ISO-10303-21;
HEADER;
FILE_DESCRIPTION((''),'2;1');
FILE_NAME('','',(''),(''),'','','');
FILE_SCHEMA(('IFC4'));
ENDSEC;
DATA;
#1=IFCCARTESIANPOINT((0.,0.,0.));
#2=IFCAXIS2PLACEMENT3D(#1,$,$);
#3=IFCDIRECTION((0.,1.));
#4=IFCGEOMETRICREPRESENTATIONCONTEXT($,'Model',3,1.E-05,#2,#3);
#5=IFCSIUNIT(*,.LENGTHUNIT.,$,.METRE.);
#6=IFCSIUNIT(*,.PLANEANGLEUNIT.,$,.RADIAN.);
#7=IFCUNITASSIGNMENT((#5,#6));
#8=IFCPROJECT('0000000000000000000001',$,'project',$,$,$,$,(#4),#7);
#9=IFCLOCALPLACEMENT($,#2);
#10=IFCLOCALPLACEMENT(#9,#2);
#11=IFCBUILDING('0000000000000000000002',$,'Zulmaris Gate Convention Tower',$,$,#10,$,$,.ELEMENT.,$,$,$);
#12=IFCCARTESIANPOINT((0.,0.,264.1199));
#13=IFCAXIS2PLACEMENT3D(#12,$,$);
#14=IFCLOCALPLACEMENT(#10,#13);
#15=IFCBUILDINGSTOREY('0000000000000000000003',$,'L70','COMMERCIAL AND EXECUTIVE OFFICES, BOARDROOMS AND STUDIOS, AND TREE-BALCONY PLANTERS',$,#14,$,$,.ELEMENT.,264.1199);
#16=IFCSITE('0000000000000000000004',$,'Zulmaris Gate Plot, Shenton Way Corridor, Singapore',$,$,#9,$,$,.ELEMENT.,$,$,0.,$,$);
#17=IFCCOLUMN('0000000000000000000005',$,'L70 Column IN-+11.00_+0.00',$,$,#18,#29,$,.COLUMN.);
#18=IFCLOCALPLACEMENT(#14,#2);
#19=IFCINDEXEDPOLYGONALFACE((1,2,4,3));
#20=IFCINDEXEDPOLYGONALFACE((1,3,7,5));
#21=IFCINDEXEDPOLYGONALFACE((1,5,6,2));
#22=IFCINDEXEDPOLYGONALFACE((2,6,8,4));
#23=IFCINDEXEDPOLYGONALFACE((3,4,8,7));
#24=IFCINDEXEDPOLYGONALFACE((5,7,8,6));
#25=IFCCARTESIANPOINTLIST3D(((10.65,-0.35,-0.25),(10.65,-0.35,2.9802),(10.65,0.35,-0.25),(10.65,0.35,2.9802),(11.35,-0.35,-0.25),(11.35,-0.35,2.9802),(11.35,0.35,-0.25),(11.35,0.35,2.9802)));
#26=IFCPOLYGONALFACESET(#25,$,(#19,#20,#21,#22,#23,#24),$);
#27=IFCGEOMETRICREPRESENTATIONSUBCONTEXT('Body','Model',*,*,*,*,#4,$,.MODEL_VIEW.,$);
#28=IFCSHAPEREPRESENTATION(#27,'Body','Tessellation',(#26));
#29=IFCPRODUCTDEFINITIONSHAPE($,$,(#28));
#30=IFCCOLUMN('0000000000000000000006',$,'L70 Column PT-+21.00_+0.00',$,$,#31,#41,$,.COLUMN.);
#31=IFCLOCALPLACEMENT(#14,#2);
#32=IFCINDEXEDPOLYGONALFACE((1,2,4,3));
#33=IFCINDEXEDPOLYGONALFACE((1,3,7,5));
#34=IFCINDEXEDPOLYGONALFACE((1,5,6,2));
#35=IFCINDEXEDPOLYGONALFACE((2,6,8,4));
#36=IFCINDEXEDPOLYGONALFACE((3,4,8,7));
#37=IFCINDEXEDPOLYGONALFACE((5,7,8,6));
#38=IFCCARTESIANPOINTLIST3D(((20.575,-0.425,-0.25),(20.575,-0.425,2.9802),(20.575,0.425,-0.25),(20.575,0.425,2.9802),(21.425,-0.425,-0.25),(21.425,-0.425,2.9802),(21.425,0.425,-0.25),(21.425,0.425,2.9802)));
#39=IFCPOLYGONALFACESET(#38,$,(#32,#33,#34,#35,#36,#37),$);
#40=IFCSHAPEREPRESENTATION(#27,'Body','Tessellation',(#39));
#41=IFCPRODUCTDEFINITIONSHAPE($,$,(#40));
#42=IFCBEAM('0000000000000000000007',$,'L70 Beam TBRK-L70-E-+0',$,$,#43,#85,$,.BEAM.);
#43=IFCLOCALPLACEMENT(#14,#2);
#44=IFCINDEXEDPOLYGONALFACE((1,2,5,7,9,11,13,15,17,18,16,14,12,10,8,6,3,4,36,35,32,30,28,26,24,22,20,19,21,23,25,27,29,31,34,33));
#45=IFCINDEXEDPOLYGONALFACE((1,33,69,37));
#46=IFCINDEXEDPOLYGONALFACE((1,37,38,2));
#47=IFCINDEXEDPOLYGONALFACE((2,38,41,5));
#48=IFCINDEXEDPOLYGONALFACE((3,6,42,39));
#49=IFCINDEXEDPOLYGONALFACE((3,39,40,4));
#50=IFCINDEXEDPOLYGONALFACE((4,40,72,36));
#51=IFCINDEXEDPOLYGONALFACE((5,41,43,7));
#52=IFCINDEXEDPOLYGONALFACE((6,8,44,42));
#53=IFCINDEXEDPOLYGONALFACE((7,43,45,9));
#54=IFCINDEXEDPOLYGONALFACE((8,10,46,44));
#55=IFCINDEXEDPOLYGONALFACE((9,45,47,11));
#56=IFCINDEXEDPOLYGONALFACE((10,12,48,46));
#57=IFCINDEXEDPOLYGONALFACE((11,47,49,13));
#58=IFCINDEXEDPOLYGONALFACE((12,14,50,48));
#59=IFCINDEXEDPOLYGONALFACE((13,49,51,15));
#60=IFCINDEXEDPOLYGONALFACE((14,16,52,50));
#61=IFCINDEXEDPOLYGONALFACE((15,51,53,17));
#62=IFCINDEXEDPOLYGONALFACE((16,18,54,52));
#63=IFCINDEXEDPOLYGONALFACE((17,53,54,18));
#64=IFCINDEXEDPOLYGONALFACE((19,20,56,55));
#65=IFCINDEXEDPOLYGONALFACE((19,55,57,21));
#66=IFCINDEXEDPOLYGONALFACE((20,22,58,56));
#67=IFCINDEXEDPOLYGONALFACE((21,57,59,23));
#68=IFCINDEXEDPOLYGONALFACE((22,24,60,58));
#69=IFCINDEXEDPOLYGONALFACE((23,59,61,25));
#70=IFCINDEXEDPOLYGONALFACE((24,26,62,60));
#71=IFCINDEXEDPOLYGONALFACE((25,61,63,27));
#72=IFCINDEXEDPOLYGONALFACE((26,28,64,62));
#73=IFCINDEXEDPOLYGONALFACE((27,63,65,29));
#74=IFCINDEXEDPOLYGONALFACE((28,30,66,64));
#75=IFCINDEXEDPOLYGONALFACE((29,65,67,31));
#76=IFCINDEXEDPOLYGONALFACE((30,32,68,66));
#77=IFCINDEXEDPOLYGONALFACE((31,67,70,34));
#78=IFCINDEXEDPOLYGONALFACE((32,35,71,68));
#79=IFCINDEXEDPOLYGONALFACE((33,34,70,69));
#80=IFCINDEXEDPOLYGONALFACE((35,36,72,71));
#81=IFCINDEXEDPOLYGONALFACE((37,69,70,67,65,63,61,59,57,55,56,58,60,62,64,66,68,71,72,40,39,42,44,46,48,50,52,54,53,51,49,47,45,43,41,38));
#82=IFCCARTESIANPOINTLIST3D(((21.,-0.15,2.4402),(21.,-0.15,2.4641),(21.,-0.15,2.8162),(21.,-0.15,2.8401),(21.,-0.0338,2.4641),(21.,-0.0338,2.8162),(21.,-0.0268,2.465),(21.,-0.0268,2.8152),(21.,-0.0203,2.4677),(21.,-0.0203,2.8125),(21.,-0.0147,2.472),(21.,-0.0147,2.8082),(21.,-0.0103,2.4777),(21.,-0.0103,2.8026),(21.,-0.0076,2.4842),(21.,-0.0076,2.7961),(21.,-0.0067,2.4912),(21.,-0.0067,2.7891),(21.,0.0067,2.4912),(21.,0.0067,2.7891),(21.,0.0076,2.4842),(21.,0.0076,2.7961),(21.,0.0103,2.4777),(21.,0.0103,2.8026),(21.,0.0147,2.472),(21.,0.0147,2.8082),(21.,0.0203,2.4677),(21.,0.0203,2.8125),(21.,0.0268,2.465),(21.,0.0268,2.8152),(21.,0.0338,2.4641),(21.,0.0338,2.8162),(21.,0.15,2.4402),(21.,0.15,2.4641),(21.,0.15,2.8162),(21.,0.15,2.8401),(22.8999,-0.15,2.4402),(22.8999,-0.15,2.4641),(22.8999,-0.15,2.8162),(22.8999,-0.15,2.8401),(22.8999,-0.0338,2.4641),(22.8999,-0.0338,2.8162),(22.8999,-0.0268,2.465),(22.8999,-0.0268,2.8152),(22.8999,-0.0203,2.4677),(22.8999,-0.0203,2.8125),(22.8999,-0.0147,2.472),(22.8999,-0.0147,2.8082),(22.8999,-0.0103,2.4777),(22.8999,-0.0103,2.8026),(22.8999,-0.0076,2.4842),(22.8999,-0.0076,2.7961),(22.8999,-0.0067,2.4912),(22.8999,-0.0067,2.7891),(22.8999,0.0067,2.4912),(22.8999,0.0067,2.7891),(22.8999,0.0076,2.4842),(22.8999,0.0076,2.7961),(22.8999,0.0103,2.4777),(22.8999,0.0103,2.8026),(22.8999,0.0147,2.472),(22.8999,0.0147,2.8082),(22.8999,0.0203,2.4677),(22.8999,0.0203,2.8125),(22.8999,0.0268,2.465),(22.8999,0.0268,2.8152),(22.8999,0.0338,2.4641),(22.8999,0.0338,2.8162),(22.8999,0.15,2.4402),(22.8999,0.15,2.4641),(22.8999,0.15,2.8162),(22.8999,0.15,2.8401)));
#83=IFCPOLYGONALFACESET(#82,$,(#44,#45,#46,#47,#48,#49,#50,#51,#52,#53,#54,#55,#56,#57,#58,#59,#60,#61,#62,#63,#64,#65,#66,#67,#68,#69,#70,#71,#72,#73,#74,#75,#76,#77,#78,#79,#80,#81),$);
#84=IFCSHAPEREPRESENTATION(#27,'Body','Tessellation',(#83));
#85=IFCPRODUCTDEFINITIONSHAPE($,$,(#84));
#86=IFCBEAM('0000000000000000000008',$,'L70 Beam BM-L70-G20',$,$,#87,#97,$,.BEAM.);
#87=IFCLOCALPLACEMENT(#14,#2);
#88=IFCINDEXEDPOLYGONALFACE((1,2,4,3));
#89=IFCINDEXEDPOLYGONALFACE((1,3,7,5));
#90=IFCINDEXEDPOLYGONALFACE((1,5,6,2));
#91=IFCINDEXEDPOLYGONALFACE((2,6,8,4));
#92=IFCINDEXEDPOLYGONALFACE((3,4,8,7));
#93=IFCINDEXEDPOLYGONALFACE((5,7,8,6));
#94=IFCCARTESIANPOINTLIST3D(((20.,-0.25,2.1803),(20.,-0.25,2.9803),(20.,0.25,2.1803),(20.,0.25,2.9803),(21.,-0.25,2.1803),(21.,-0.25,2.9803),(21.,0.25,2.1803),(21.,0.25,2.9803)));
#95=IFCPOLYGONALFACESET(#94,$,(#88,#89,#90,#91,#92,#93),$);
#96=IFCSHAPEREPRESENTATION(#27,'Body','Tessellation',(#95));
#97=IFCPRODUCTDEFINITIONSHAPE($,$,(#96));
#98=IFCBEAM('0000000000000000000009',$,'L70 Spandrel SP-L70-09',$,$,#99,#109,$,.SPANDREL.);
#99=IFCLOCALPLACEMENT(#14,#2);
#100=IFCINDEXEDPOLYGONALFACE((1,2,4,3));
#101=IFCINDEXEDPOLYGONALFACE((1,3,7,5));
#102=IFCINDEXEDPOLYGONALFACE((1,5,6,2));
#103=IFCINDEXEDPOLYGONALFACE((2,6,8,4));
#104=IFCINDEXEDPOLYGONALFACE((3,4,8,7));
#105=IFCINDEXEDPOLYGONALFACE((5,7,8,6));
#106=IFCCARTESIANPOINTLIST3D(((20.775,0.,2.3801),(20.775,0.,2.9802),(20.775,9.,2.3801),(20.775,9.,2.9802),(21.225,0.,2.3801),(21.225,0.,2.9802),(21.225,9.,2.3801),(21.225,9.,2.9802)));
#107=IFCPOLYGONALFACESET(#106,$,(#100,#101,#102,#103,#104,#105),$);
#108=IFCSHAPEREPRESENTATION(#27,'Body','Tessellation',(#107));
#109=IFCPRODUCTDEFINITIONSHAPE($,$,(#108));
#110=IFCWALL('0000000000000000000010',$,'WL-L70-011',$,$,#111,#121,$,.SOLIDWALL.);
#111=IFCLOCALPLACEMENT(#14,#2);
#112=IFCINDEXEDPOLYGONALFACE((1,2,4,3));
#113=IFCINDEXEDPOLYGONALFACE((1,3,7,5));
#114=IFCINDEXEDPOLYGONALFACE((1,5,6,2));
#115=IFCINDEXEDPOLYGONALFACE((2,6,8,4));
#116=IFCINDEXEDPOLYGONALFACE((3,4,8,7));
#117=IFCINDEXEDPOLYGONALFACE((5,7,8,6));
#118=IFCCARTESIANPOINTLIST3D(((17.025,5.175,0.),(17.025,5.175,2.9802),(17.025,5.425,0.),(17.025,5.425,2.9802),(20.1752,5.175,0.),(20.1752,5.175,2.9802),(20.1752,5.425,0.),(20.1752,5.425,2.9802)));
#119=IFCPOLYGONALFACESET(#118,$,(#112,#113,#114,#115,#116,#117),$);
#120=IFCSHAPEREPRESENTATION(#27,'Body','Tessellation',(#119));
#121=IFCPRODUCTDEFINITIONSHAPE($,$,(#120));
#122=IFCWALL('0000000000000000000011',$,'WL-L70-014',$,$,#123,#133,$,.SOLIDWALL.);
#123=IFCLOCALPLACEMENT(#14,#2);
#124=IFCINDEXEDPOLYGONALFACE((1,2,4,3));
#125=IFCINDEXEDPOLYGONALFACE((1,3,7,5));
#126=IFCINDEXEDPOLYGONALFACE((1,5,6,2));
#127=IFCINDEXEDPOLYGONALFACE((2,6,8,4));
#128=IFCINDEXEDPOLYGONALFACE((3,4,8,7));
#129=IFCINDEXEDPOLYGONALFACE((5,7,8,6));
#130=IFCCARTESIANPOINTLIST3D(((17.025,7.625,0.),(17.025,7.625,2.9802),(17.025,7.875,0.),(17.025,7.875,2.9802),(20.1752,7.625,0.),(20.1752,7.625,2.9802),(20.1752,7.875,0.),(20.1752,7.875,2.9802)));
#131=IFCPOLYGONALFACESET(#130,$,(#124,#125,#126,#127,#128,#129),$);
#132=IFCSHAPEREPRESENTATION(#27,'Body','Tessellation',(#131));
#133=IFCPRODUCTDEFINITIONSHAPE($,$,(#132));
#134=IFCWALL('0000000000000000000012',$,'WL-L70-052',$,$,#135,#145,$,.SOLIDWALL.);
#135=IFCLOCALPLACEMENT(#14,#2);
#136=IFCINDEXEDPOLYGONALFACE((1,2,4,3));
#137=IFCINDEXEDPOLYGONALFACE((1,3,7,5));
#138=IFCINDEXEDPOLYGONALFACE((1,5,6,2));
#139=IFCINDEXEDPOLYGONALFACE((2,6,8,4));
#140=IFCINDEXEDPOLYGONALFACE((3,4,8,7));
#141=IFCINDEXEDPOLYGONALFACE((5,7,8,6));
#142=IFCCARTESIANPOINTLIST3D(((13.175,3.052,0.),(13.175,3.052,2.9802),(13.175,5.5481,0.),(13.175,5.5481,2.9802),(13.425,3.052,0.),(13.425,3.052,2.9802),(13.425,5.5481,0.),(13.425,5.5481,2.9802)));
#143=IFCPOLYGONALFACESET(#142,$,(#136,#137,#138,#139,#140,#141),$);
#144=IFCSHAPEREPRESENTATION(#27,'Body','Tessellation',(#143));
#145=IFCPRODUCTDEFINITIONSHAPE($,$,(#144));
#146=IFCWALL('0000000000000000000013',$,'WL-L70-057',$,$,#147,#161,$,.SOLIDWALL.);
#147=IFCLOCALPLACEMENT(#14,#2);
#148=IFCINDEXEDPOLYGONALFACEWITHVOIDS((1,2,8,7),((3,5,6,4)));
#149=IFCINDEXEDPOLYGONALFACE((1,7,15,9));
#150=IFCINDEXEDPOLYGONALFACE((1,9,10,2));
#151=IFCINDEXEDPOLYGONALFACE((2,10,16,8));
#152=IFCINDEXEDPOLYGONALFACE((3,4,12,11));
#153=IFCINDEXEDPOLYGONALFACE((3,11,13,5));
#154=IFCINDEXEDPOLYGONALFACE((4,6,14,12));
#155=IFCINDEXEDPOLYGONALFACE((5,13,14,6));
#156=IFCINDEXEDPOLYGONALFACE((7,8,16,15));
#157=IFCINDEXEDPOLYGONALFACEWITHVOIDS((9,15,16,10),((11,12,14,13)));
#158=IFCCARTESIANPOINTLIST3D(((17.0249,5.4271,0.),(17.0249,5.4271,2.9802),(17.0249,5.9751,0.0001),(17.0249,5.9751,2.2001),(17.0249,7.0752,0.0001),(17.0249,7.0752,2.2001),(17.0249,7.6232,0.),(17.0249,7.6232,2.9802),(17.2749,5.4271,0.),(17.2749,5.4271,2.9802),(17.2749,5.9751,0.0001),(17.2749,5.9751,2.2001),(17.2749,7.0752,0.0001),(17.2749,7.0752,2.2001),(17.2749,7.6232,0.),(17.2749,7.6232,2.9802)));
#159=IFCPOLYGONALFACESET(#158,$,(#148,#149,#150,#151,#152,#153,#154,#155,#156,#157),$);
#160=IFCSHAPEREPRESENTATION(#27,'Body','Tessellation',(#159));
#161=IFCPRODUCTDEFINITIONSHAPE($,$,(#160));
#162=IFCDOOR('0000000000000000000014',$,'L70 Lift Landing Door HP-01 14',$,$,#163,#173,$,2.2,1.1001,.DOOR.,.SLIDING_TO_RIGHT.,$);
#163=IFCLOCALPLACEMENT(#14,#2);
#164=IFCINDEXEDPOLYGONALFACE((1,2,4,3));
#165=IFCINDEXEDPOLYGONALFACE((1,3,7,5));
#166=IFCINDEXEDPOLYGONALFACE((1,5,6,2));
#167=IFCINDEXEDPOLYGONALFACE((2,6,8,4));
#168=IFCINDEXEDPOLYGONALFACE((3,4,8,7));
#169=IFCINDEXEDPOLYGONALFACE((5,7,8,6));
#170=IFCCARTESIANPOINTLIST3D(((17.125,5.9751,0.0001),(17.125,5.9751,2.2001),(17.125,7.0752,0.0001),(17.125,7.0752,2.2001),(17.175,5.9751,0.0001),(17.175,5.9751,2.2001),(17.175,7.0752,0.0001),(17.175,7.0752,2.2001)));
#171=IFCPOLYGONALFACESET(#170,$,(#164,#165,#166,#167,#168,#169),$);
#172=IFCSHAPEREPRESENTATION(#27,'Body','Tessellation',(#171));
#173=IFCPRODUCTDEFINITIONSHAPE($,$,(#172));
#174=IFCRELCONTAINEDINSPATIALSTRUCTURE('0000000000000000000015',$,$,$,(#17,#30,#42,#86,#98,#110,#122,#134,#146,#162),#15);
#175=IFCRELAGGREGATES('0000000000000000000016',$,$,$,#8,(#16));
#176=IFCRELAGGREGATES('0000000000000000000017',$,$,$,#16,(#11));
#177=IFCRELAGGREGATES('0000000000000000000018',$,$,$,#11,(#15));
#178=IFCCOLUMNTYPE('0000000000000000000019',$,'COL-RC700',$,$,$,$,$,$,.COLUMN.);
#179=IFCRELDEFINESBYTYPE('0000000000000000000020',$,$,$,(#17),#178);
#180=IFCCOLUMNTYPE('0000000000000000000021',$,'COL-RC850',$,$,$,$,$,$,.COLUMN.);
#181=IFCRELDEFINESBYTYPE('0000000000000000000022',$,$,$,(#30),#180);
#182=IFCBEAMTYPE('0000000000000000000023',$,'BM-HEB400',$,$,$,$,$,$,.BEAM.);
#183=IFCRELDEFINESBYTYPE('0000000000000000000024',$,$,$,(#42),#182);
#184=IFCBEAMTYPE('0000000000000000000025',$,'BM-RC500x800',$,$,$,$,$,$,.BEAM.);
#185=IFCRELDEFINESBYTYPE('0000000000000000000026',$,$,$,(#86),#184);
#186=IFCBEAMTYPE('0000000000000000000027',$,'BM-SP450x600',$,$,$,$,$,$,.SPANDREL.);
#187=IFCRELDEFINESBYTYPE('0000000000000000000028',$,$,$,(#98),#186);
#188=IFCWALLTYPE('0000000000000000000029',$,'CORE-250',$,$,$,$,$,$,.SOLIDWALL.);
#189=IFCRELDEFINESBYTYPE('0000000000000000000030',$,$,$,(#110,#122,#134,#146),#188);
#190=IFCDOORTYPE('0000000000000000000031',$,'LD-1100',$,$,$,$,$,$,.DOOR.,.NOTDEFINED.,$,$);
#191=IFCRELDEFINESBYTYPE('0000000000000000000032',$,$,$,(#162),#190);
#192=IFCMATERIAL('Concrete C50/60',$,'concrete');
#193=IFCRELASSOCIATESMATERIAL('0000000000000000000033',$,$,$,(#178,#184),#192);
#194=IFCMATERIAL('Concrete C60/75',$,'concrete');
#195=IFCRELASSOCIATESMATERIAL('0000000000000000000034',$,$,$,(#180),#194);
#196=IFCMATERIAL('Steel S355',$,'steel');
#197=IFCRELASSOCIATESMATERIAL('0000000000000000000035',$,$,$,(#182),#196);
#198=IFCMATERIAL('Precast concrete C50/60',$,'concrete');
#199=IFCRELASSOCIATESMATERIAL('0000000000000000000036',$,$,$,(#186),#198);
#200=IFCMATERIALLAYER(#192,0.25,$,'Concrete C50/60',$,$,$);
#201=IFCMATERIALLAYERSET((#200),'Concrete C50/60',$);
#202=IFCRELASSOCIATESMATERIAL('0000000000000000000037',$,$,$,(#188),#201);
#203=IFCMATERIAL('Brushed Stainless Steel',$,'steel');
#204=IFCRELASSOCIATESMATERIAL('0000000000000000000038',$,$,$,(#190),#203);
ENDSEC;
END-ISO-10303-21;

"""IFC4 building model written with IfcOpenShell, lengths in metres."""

from ifc_helpers import new_model, si_unit, direction, frame, frame_2d, origin, origin_2d, place, context, subcontext, project, spatial, rectangle, i_section, extrude, material, layer, layer_set, material_profile, profile_set, type_object, element, fill, save


model = new_model("IFC4")

# Units and contexts
model_context = context("Model", 3, precision=1e-05, world=origin(), true_north=direction((0.0, 1.0)))
body_context = subcontext(model_context, "Body", "Model", "MODEL_VIEW")
ifc_project = project(units=[si_unit("LENGTHUNIT", "METRE"), si_unit("PLANEANGLEUNIT", "RADIAN")], contexts=[model_context])

# Site, building, storey
site_placement = place(None, origin())
site = spatial("IfcSite", under=ifc_project, at=site_placement, Name="Zulmaris Gate Plot, Shenton Way Corridor, Singapore", CompositionType="ELEMENT", RefElevation=0.0)
building_placement = place(site_placement, origin())
building = spatial("IfcBuilding", under=site, at=building_placement, Name="Zulmaris Gate Convention Tower", CompositionType="ELEMENT")
storey_placement = place(building_placement, frame((0.0, 0.0, 264.1199)))
storey = spatial("IfcBuildingStorey", under=building, at=storey_placement, Name="L70", Description="COMMERCIAL AND EXECUTIVE OFFICES, BOARDROOMS AND STUDIOS, AND TREE-BALCONY PLANTERS", CompositionType="ELEMENT", Elevation=264.1199)

# Columns
ifc_material_1 = material(Name="Concrete C50/60", Category="concrete")
ifc_material_profile_1 = material_profile(ifc_material_1, rectangle(XDim=0.7, YDim=0.7, at=origin_2d()), Name="RC COL 700x700")
ifc_profile_set_1 = profile_set([ifc_material_profile_1], Name="Concrete C50/60")
column_type_1 = type_object("IfcColumnType", Name="COL-RC700", PredefinedType="COLUMN", material=ifc_profile_set_1)
column_1_placement = place(storey_placement, frame((11.0, 0.0, -0.25), z_axis=(0.0, 0.0, 1.0), x_axis=(1.0, 0.0, 0.0)))
element("IfcColumn", 1, at=column_1_placement, inside=storey, type_object=column_type_1, Name="L70 Column IN-+11.00_+0.00", PredefinedType="COLUMN", context=body_context, shape_type="SweptSolid", body=[
    extrude(rectangle(XDim=0.7, YDim=0.7, at=origin_2d()), origin(), (0.0, 0.0, 1.0), 3.2302),
])
ifc_material_2 = material(Name="Concrete C60/75", Category="concrete")
ifc_material_profile_2 = material_profile(ifc_material_2, rectangle(XDim=0.8501, YDim=0.8501, at=origin_2d()), Name="RC COL 850x850")
ifc_profile_set_2 = profile_set([ifc_material_profile_2], Name="Concrete C60/75")
column_type_2 = type_object("IfcColumnType", Name="COL-RC850", PredefinedType="COLUMN", material=ifc_profile_set_2)
column_2_placement = place(storey_placement, frame((21.0, 0.0, -0.25), z_axis=(0.0, 0.0, 1.0), x_axis=(1.0, 0.0, 0.0)))
element("IfcColumn", 2, at=column_2_placement, inside=storey, type_object=column_type_2, Name="L70 Column PT-+21.00_+0.00", PredefinedType="COLUMN", context=body_context, shape_type="SweptSolid", body=[
    extrude(rectangle(XDim=0.8501, YDim=0.8501, at=origin_2d()), origin(), (0.0, 0.0, 1.0), 3.2302),
])

# Beams
ifc_material_3 = material(Name="Steel S355", Category="steel")
ifc_material_profile_3 = material_profile(ifc_material_3, i_section(OverallWidth=0.3, OverallDepth=0.3999, WebThickness=0.0134, FlangeThickness=0.0239, FilletRadius=0.0271, at=origin_2d()), Name="HEB 400")
ifc_profile_set_3 = profile_set([ifc_material_profile_3], Name="Steel S355")
beam_type_1 = type_object("IfcBeamType", Name="BM-HEB400", PredefinedType="BEAM", material=ifc_profile_set_3)
beam_1_placement = place(storey_placement, frame((21.0, 0.0, 2.6401), z_axis=(1.0, 0.0, 0.0), x_axis=(0.0, 1.0, 0.0)))
element("IfcBeam", 3, at=beam_1_placement, inside=storey, type_object=beam_type_1, Name="L70 Beam TBRK-L70-E-+0", PredefinedType="BEAM", context=body_context, shape_type="SweptSolid", body=[
    extrude(i_section(OverallWidth=0.3, OverallDepth=0.3999, WebThickness=0.0134, FlangeThickness=0.0239, FilletRadius=0.0271, at=origin_2d()), origin(), (0.0, 0.0, 1.0), 1.8999),
])
ifc_material_profile_4 = material_profile(ifc_material_1, rectangle(XDim=0.5, YDim=0.8, at=origin_2d()), Name="RC BEAM 500x800")
ifc_profile_set_4 = profile_set([ifc_material_profile_4], Name="Concrete C50/60")
beam_type_2 = type_object("IfcBeamType", Name="BM-RC500x800", PredefinedType="BEAM", material=ifc_profile_set_4)
beam_2_placement = place(storey_placement, frame((20.0, 0.0, 2.5803), z_axis=(1.0, 0.0, 0.0), x_axis=(0.0, 1.0, 0.0)))
element("IfcBeam", 4, at=beam_2_placement, inside=storey, type_object=beam_type_2, Name="L70 Beam BM-L70-G20", PredefinedType="BEAM", context=body_context, shape_type="SweptSolid", body=[
    extrude(rectangle(XDim=0.5, YDim=0.8, at=origin_2d()), origin(), (0.0, 0.0, 1.0), 1.0),
])
ifc_material_4 = material(Name="Precast concrete C50/60", Category="concrete")
ifc_material_profile_5 = material_profile(ifc_material_4, rectangle(XDim=0.45, YDim=0.6001, at=origin_2d()), Name="RC SPANDREL 450x600")
ifc_profile_set_5 = profile_set([ifc_material_profile_5], Name="Precast concrete C50/60")
beam_type_3 = type_object("IfcBeamType", Name="BM-SP450x600", PredefinedType="SPANDREL", material=ifc_profile_set_5)
beam_3_placement = place(storey_placement, frame((21.0, 0.0, 2.6802), z_axis=(0.0, 1.0, 0.0), x_axis=(-1.0, 0.0, 0.0)))
element("IfcBeam", 5, at=beam_3_placement, inside=storey, type_object=beam_type_3, Name="L70 Spandrel SP-L70-09", PredefinedType="SPANDREL", context=body_context, shape_type="SweptSolid", body=[
    extrude(rectangle(XDim=0.45, YDim=0.6001, at=origin_2d()), origin(), (0.0, 0.0, 1.0), 9.0),
])

# Walls
ifc_layer_1 = layer(ifc_material_1, 0.25, Name="Concrete C50/60")
ifc_layer_set_1 = layer_set([ifc_layer_1], Name="Concrete C50/60")
wall_type_1 = type_object("IfcWallType", Name="CORE-250", PredefinedType="SOLIDWALL", material=ifc_layer_set_1)
for number, where, z_axis, x_axis, name in (
    (6, (17.0249, 5.3, 0.0), (0.0, 0.0, 1.0), (1.0, 0.0, 0.0), "WL-L70-011"),
    (7, (17.0249, 7.75, 0.0), (0.0, 0.0, 1.0), (1.0, 0.0, 0.0), "WL-L70-014"),
):
    element("IfcWall", number, at=place(storey_placement, frame(where, z_axis=z_axis, x_axis=x_axis)), inside=storey, type_object=wall_type_1, Name=name, PredefinedType="SOLIDWALL", context=body_context, shape_type="SweptSolid", body=[
        extrude(rectangle(XDim=3.1501, YDim=0.25, at=frame_2d((1.5752, 0.0))), origin(), (0.0, 0.0, 1.0), 2.9802),
    ])
wall_1_placement = place(storey_placement, frame((13.3, 3.052, 0.0), z_axis=(0.0, 0.0, 1.0), x_axis=(0.0, 1.0, 0.0)))
element("IfcWall", 8, at=wall_1_placement, inside=storey, type_object=wall_type_1, Name="WL-L70-052", PredefinedType="SOLIDWALL", context=body_context, shape_type="SweptSolid", body=[
    extrude(rectangle(XDim=2.4961, YDim=0.25, at=frame_2d((1.248, 0.0))), origin(), (0.0, 0.0, 1.0), 2.9802),
])

# Wall, opening, door
wall_2_placement = place(storey_placement, frame((17.1499, 5.427, 0.0), z_axis=(0.0, 0.0, 1.0), x_axis=(0.0, 1.0, 0.0)))
wall_2 = element("IfcWall", 9, at=wall_2_placement, inside=storey, type_object=wall_type_1, Name="WL-L70-057", PredefinedType="SOLIDWALL", context=body_context, shape_type="SweptSolid", body=[
    extrude(rectangle(XDim=2.196, YDim=0.25, at=frame_2d((1.0981, 0.0))), origin(), (0.0, 0.0, 1.0), 2.9802),
])
opening_1_placement = place(wall_2_placement, frame((0.5481, 0.0, 0.0)))
opening_1 = element("IfcOpeningElement", 10, at=opening_1_placement, cuts=wall_2, PredefinedType="OPENING", context=body_context, shape_type="SweptSolid", body=[
    extrude(rectangle(XDim=1.1001, YDim=2.2, at=frame_2d((0.55, 1.1001))), frame((0.0, 0.135, 0.0), z_axis=(0.0, -1.0, 0.0), x_axis=(1.0, 0.0, 0.0)), (0.0, 0.0, 1.0), 0.27),
])
ifc_material_5 = material(Name="Brushed Stainless Steel", Category="steel")
door_type_1 = type_object("IfcDoorType", Name="LD-1100", OperationType="NOTDEFINED", PredefinedType="DOOR", material=ifc_material_5)
door_1_placement = place(opening_1_placement, origin())
door_1 = element("IfcDoor", 11, at=door_1_placement, inside=storey, type_object=door_type_1, Name="L70 Lift Landing Door HP-01 14", OperationType="SLIDING_TO_RIGHT", OverallHeight=2.2, OverallWidth=1.1001, PredefinedType="DOOR", context=body_context, shape_type="SweptSolid", body=[
    extrude(rectangle(XDim=1.1001, YDim=2.2, at=frame_2d((0.55, 1.1001))), frame((0.0, 0.0249, 0.0), z_axis=(0.0, -1.0, 0.0), x_axis=(1.0, 0.0, 0.0)), (0.0, 0.0, 1.0), 0.05),
])
fill(opening_1, door_1)

save(model, "model.ifc")
